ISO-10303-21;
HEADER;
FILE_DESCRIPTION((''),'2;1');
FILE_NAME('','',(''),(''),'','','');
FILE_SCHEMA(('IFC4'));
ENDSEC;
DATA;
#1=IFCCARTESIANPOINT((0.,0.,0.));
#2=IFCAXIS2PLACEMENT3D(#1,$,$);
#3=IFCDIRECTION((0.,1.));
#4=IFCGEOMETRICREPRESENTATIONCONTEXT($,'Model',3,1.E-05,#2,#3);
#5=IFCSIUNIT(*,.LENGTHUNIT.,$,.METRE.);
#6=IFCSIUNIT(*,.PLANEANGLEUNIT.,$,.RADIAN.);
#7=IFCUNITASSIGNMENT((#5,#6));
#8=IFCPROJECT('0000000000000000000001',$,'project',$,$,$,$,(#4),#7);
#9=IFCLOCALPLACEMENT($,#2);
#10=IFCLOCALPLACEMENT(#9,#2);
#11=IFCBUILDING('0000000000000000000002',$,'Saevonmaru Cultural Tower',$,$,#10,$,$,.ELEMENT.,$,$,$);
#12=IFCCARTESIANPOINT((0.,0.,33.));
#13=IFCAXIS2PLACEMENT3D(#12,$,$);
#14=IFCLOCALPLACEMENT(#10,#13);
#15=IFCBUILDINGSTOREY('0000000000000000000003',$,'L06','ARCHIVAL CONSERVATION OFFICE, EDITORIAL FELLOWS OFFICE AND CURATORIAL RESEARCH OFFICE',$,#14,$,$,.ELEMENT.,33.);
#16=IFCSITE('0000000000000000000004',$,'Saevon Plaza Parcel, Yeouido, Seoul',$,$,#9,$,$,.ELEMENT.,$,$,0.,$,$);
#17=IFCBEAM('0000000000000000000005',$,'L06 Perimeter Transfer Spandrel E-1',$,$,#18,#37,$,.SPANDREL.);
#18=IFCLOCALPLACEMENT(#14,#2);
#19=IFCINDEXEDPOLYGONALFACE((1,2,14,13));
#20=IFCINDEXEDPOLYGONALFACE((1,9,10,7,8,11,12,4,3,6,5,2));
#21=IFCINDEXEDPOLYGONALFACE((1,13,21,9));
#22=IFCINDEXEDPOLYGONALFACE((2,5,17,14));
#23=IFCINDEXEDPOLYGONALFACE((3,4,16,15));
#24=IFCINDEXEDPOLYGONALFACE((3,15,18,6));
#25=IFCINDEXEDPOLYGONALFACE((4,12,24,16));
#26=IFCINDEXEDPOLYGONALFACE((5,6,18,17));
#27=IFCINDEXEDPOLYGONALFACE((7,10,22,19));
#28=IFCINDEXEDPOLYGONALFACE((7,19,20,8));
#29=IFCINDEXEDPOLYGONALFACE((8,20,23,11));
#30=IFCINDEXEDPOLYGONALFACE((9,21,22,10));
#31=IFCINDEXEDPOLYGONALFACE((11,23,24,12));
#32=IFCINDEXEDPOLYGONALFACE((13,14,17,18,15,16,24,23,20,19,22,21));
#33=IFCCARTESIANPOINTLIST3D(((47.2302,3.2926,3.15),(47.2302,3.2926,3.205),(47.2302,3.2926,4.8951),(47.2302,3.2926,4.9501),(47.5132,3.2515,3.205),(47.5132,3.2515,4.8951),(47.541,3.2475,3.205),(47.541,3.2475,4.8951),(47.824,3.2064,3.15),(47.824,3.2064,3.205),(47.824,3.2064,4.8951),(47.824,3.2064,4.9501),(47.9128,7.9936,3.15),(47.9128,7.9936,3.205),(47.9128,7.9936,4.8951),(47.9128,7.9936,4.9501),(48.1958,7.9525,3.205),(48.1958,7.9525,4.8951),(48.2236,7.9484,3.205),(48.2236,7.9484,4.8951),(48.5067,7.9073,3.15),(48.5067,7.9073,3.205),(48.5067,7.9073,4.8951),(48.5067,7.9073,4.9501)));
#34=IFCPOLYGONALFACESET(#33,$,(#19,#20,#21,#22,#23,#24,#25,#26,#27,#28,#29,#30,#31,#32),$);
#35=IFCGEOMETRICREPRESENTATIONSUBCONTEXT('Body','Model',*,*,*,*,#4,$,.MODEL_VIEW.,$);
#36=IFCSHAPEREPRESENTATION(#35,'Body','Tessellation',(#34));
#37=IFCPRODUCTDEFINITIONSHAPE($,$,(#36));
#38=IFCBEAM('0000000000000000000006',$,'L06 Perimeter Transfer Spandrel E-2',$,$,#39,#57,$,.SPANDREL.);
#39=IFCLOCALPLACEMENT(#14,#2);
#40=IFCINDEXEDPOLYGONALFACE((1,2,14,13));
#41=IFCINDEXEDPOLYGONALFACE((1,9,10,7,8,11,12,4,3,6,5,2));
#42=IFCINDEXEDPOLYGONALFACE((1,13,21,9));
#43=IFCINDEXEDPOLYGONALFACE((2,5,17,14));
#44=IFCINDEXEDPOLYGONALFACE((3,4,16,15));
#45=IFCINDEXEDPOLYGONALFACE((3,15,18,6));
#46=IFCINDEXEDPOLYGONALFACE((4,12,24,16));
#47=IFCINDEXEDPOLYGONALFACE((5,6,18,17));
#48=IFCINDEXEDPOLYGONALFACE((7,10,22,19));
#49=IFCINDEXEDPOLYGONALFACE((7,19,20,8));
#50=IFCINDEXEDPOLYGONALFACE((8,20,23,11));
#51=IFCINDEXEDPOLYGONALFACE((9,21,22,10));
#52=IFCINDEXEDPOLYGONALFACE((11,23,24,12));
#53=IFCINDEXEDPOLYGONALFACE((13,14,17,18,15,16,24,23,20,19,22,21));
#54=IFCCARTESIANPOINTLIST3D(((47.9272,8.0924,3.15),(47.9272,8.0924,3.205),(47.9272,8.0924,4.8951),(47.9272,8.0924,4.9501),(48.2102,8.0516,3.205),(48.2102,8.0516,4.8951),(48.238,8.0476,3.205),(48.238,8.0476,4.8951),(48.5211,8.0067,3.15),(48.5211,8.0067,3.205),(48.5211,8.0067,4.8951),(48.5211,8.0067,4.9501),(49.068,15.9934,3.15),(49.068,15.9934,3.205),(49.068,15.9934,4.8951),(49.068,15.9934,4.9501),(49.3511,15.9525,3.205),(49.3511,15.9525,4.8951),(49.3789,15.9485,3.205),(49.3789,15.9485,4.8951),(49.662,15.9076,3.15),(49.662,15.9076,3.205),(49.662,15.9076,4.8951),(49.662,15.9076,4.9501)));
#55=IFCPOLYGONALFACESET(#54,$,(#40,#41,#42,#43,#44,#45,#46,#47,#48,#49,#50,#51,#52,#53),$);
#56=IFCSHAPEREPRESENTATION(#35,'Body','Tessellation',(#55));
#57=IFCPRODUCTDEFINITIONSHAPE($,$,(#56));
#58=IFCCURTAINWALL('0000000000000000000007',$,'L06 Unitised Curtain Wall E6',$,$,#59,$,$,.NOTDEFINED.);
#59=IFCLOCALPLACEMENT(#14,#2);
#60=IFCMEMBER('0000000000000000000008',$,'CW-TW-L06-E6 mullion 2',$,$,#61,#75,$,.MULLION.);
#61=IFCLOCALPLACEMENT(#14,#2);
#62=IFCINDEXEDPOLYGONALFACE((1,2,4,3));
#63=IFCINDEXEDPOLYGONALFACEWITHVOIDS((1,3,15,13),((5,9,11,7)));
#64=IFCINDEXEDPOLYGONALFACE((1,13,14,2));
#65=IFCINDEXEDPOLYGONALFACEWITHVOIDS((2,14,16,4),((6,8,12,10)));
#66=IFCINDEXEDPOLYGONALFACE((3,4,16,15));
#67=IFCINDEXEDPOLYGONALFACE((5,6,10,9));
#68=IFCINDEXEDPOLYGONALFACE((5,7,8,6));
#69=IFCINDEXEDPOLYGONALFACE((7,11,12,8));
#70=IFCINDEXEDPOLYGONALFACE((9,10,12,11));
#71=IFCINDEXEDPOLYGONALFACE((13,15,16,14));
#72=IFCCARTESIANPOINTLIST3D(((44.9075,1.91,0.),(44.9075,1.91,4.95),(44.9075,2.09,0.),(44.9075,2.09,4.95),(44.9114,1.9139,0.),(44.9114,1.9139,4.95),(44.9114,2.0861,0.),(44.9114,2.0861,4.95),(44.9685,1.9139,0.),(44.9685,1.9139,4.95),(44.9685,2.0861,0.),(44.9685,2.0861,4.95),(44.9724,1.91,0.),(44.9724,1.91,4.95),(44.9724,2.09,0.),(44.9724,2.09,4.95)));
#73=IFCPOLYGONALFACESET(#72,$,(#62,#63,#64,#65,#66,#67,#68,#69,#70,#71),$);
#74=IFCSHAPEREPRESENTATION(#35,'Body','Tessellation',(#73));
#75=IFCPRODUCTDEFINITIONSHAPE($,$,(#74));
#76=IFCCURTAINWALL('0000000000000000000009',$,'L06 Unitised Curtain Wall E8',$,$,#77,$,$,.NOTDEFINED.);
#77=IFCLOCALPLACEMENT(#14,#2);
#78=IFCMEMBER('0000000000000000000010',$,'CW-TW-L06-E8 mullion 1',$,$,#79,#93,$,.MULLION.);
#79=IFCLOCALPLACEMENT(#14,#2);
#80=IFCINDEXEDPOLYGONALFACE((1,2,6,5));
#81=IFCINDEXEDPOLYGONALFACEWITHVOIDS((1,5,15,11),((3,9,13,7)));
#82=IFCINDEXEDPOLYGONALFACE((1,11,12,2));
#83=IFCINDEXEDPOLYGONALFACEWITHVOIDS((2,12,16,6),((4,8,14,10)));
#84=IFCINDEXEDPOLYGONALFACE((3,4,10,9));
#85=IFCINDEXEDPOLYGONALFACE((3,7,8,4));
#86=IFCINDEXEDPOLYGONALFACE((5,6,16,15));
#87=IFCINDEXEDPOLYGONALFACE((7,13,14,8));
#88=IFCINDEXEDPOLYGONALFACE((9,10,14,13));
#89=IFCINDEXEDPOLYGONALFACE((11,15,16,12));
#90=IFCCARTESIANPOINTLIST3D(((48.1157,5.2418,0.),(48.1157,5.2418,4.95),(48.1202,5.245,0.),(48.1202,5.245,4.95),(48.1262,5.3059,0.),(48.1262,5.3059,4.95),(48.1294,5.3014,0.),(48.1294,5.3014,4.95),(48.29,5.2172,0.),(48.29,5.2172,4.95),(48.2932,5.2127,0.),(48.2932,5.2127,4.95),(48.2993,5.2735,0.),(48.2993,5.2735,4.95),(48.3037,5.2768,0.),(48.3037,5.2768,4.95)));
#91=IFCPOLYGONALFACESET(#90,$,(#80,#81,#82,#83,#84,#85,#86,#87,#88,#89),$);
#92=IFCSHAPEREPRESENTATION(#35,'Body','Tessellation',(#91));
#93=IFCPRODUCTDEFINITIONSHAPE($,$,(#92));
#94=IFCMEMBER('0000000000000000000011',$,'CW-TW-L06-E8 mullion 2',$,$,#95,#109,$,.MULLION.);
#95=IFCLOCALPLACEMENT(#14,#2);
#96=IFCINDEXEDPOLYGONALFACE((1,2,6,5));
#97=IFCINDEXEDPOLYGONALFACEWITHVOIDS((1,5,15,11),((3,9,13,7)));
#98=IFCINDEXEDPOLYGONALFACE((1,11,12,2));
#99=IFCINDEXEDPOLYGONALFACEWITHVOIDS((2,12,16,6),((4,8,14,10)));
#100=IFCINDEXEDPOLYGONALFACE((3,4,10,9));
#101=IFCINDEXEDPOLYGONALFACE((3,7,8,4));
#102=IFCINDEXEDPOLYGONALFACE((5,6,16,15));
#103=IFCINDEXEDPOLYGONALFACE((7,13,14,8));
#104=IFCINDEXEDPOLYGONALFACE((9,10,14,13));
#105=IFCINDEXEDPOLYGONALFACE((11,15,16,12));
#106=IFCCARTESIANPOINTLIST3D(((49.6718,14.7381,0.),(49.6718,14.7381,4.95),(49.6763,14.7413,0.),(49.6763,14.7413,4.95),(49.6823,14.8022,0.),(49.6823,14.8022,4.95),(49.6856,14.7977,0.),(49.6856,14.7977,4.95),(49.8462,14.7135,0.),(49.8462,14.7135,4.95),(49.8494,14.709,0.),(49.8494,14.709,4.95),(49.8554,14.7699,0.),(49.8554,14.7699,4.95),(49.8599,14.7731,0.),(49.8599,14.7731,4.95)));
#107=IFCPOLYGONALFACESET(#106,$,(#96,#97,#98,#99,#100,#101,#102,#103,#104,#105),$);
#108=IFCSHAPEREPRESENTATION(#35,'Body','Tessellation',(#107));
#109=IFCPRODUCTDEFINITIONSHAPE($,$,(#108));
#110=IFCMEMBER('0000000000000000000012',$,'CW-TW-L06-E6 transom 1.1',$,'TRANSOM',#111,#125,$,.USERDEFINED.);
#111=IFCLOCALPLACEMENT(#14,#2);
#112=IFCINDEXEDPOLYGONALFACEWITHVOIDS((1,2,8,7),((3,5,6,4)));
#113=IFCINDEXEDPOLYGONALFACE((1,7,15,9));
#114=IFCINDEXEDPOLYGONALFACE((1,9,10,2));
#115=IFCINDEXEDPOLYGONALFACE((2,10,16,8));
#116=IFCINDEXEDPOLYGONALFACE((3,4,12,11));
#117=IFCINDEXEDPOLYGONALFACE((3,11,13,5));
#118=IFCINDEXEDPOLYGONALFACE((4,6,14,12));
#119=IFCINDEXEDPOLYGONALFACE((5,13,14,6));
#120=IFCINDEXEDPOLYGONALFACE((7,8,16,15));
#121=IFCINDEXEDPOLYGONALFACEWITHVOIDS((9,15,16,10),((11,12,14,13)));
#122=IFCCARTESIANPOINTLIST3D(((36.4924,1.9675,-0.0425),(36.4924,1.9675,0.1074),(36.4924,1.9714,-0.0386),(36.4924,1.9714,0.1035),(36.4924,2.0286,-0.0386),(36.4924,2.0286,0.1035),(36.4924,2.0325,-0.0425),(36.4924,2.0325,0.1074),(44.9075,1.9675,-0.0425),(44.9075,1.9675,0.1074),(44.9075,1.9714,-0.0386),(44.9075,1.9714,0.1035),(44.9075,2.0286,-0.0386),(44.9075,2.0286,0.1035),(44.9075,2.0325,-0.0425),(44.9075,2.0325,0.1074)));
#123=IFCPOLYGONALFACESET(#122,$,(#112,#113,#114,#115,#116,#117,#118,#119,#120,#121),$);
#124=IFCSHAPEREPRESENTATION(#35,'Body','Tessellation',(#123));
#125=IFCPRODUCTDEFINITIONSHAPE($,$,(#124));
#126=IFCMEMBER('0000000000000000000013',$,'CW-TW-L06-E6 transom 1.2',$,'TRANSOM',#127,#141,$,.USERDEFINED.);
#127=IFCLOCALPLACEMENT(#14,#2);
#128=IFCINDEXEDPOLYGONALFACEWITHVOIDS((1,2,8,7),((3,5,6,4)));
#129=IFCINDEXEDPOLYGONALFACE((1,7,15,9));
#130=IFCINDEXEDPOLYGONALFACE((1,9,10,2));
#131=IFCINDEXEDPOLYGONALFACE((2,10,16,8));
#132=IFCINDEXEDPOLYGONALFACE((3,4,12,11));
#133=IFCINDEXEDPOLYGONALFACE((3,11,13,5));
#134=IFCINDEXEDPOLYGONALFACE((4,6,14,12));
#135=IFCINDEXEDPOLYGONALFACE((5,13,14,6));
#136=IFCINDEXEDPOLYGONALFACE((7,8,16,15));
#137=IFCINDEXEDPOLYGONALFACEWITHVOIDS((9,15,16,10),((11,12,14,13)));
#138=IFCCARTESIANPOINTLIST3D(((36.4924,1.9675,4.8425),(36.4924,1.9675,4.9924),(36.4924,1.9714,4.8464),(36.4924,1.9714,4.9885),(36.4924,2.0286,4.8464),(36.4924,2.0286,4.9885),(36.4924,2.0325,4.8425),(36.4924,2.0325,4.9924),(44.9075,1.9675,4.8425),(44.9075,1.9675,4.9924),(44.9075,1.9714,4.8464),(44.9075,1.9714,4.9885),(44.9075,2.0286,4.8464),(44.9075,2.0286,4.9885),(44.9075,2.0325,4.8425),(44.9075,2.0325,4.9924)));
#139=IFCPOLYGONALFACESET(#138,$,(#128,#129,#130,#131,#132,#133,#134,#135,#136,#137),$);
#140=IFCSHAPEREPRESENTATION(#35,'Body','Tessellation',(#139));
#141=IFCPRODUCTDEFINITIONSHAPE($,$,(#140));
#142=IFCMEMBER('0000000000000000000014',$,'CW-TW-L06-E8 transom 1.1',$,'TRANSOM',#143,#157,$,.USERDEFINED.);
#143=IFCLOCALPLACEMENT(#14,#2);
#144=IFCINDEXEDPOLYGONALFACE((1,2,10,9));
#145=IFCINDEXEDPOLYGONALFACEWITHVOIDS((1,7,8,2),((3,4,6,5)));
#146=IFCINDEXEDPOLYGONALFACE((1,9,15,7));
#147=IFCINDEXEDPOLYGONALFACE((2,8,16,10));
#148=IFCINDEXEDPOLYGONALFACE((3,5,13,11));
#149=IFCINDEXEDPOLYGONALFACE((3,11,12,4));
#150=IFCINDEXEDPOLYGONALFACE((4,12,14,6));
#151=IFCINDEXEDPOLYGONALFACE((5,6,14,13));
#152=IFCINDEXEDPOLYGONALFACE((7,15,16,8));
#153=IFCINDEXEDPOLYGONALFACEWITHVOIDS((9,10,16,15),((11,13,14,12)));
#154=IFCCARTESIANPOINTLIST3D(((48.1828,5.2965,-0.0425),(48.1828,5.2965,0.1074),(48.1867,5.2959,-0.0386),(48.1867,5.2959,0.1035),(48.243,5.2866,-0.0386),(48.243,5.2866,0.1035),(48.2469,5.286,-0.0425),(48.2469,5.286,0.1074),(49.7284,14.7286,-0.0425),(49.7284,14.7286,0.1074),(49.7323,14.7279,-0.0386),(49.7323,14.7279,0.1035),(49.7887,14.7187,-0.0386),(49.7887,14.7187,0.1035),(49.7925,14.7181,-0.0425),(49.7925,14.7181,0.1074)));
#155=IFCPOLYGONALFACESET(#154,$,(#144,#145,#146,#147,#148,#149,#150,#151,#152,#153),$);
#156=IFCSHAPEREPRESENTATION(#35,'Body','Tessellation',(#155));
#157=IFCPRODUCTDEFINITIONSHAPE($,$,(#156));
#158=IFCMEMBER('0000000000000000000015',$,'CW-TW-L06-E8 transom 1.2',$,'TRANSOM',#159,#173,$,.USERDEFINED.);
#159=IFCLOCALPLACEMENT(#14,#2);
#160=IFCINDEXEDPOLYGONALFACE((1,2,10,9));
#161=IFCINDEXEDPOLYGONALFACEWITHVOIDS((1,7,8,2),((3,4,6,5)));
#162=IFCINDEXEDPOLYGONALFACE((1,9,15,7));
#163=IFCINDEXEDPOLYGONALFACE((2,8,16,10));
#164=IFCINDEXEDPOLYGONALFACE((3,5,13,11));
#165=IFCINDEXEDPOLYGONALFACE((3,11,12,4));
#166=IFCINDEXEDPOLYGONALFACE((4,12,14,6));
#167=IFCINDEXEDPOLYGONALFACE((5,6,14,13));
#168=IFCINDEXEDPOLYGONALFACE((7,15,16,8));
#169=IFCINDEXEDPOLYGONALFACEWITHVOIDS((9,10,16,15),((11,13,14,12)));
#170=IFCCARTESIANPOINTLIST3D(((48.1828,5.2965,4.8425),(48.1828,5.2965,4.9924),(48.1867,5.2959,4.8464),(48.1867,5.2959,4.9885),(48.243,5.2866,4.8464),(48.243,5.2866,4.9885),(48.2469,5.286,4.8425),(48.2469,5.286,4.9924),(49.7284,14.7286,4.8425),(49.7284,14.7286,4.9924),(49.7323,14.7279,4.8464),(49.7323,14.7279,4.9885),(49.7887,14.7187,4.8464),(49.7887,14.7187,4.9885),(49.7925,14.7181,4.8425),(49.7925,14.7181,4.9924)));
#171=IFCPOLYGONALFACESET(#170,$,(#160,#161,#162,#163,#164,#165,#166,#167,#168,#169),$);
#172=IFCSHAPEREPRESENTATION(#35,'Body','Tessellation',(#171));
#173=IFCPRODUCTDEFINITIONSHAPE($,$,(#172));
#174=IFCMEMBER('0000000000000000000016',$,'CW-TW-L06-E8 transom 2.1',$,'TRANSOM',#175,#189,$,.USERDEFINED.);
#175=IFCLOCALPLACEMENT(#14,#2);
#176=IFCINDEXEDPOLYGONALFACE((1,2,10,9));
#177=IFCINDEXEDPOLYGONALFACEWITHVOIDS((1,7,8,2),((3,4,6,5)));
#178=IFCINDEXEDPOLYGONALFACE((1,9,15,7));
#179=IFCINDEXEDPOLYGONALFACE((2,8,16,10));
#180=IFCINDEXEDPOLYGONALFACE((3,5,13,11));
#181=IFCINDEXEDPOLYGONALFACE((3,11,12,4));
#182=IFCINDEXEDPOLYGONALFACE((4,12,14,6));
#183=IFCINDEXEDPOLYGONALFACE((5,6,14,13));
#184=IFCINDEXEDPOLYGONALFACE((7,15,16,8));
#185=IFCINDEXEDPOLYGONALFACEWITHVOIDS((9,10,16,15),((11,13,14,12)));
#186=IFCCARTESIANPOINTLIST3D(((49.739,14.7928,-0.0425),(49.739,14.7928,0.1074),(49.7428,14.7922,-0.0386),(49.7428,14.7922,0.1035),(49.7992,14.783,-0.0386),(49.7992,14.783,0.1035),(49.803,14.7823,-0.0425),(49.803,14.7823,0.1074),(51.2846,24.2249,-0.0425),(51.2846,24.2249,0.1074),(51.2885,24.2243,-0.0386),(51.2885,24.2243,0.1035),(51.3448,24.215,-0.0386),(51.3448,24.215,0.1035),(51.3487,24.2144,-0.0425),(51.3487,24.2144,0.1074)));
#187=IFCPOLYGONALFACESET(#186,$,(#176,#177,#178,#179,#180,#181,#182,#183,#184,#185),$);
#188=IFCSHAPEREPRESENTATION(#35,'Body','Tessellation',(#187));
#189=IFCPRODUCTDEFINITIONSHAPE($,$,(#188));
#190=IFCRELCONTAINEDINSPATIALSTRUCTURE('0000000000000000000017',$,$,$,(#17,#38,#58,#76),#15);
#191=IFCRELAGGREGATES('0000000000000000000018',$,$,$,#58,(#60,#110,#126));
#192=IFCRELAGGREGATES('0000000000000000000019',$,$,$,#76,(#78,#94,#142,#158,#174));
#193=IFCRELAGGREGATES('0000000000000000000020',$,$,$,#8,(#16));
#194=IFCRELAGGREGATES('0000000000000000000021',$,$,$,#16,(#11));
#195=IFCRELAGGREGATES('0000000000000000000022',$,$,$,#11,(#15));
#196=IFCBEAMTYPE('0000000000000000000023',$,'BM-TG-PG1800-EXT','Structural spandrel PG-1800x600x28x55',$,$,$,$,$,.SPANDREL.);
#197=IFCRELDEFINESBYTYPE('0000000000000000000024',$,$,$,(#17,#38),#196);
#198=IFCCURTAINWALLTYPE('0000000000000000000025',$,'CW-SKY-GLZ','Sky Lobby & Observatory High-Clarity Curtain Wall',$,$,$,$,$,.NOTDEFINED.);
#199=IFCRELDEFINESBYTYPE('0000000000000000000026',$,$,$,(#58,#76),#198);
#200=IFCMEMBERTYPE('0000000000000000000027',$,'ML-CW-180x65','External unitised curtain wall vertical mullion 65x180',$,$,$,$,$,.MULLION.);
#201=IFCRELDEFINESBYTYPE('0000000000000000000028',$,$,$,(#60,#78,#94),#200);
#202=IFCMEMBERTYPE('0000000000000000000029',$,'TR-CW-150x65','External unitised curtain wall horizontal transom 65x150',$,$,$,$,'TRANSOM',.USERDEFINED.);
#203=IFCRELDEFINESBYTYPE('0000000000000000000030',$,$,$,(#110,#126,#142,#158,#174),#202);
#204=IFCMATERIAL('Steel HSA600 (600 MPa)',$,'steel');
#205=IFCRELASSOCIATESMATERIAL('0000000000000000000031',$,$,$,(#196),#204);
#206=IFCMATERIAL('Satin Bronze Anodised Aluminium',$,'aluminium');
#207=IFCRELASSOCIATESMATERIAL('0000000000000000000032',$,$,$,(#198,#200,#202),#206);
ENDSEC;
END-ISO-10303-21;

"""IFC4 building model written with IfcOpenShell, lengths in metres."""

from ifc_helpers import new_model, si_unit, direction, frame, origin, origin_2d, place, context, subcontext, project, spatial, hollow_rectangle, i_section, extrude, material, material_profile, profile_set, type_object, element, aggregate, save


model = new_model("IFC4")

# Units and contexts
model_context = context("Model", 3, precision=1e-05, world=origin(), true_north=direction((0.0, 1.0)))
body_context = subcontext(model_context, "Body", "Model", "MODEL_VIEW")
ifc_project = project(units=[si_unit("LENGTHUNIT", "METRE"), si_unit("PLANEANGLEUNIT", "RADIAN")], contexts=[model_context])

# Site, building, storey
site_placement = place(None, origin())
site = spatial("IfcSite", under=ifc_project, at=site_placement, Name="Saevon Plaza Parcel, Yeouido, Seoul", CompositionType="ELEMENT", RefElevation=0.0)
building_placement = place(site_placement, origin())
building = spatial("IfcBuilding", under=site, at=building_placement, Name="Saevonmaru Cultural Tower", CompositionType="ELEMENT")
storey_placement = place(building_placement, frame((0.0, 0.0, 33.0)))
storey = spatial("IfcBuildingStorey", under=building, at=storey_placement, Name="L06", Description="ARCHIVAL CONSERVATION OFFICE, EDITORIAL FELLOWS OFFICE AND CURATORIAL RESEARCH OFFICE", CompositionType="ELEMENT", Elevation=33.0)

# Shared definitions
ifc_material_1 = material(Name="Steel HSA600 (600 MPa)", Category="steel")

# Beams
ifc_material_profile_1 = material_profile(ifc_material_1, i_section(OverallWidth=0.6001, OverallDepth=1.8, WebThickness=0.0281, FlangeThickness=0.0549, at=origin_2d()), Name="PG-1800x600x28x55")
ifc_profile_set_1 = profile_set([ifc_material_profile_1], Name="Steel HSA600 (600 MPa)")
beam_type_1 = type_object("IfcBeamType", Name="BM-TG-PG1800-EXT", Description="Structural spandrel PG-1800x600x28x55", PredefinedType="SPANDREL", material=ifc_profile_set_1)
beam_1_placement = place(storey_placement, frame((47.5271, 3.2495, 4.05), z_axis=(0.143702, 0.989621, 0.0), x_axis=(-0.989621, 0.143702, 0.0)))
element("IfcBeam", 1, at=beam_1_placement, inside=storey, type_object=beam_type_1, Name="L06 Perimeter Transfer Spandrel E-1", PredefinedType="SPANDREL", context=body_context, shape_type="SweptSolid", body=[
    extrude(i_section(OverallWidth=0.6001, OverallDepth=1.8, WebThickness=0.0281, FlangeThickness=0.0549, at=origin_2d()), origin(), (0.0, 0.0, 1.0), 4.7502),
])
beam_2_placement = place(storey_placement, frame((48.2241, 8.0496, 4.05), z_axis=(0.142915, 0.989735, 0.0), x_axis=(-0.989735, 0.142915, 0.0)))
element("IfcBeam", 2, at=beam_2_placement, inside=storey, type_object=beam_type_1, Name="L06 Perimeter Transfer Spandrel E-2", PredefinedType="SPANDREL", context=body_context, shape_type="SweptSolid", body=[
    extrude(i_section(OverallWidth=0.6001, OverallDepth=1.8, WebThickness=0.0281, FlangeThickness=0.0549, at=origin_2d()), origin(), (0.0, 0.0, 1.0), 7.9829),
])

# Curtain wall, member
ifc_material_2 = material(Name="Satin Bronze Anodised Aluminium", Category="aluminium")
curtain_wall_type = type_object("IfcCurtainWallType", Name="CW-SKY-GLZ", Description="Sky Lobby & Observatory High-Clarity Curtain Wall", PredefinedType="NOTDEFINED", material=ifc_material_2)
curtain_wall_1_placement = place(storey_placement, origin())
curtain_wall_1 = element("IfcCurtainWall", 3, at=curtain_wall_1_placement, inside=storey, type_object=curtain_wall_type, Name="L06 Unitised Curtain Wall E6", PredefinedType="NOTDEFINED")
ifc_material_profile_2 = material_profile(ifc_material_2, hollow_rectangle(XDim=0.0649, YDim=0.1799, WallThickness=0.0039, at=origin_2d()), Name="ALU-MULL-180x65x4")
ifc_profile_set_2 = profile_set([ifc_material_profile_2], Name="Satin Bronze Anodised Aluminium")
member_type_1 = type_object("IfcMemberType", Name="ML-CW-180x65", Description="External unitised curtain wall vertical mullion 65x180", PredefinedType="MULLION", material=ifc_profile_set_2)
member_1_placement = place(storey_placement, frame((44.9399, 2.0, 0.0), z_axis=(0.0, 0.0, 1.0), x_axis=(1.0, 0.0, 0.0)))
member_1 = element("IfcMember", 4, at=member_1_placement, type_object=member_type_1, Name="CW-TW-L06-E6 mullion 2", PredefinedType="MULLION", context=body_context, shape_type="SweptSolid", body=[
    extrude(hollow_rectangle(XDim=0.0649, YDim=0.1799, WallThickness=0.0039, at=origin_2d()), origin(), (0.0, 0.0, 1.0), 4.95),
])

# Curtain wall, members
curtain_wall_2_placement = place(storey_placement, origin())
curtain_wall_2 = element("IfcCurtainWall", 5, at=curtain_wall_2_placement, inside=storey, type_object=curtain_wall_type, Name="L06 Unitised Curtain Wall E8", PredefinedType="NOTDEFINED")
member_2_placement = place(storey_placement, frame((48.2097, 5.2593, 0.0), z_axis=(0.0, 0.0, 1.0), x_axis=(0.161709, 0.986839, 0.0)))
member_2 = element("IfcMember", 6, at=member_2_placement, type_object=member_type_1, Name="CW-TW-L06-E8 mullion 1", PredefinedType="MULLION", context=body_context, shape_type="SweptSolid", body=[
    extrude(hollow_rectangle(XDim=0.0649, YDim=0.1799, WallThickness=0.0039, at=origin_2d()), origin(), (0.0, 0.0, 1.0), 4.95),
])
member_3_placement = place(storey_placement, frame((49.7659, 14.7556, 0.0), z_axis=(0.0, 0.0, 1.0), x_axis=(0.161709, 0.986839, 0.0)))
member_3 = element("IfcMember", 7, at=member_3_placement, type_object=member_type_1, Name="CW-TW-L06-E8 mullion 2", PredefinedType="MULLION", context=body_context, shape_type="SweptSolid", body=[
    extrude(hollow_rectangle(XDim=0.0649, YDim=0.1799, WallThickness=0.0039, at=origin_2d()), origin(), (0.0, 0.0, 1.0), 4.95),
])

# Members
ifc_material_profile_3 = material_profile(ifc_material_2, hollow_rectangle(XDim=0.0649, YDim=0.1499, WallThickness=0.0039, at=origin_2d()), Name="ALU-TRAN-150x65x4")
ifc_profile_set_3 = profile_set([ifc_material_profile_3], Name="Satin Bronze Anodised Aluminium")
member_type_2 = type_object("IfcMemberType", Name="TR-CW-150x65", Description="External unitised curtain wall horizontal transom 65x150", ElementType="TRANSOM", PredefinedType="USERDEFINED", material=ifc_profile_set_3)
member_4_placement = place(storey_placement, frame((36.4924, 2.0, 0.0325), z_axis=(1.0, 0.0, 0.0), x_axis=(0.0, 1.0, 0.0)))
member_4 = element("IfcMember", 8, at=member_4_placement, type_object=member_type_2, Name="CW-TW-L06-E6 transom 1.1", ObjectType="TRANSOM", PredefinedType="USERDEFINED", context=body_context, shape_type="SweptSolid", body=[
    extrude(hollow_rectangle(XDim=0.0649, YDim=0.1499, WallThickness=0.0039, at=origin_2d()), origin(), (0.0, 0.0, 1.0), 8.415),
])
member_5_placement = place(storey_placement, frame((36.4924, 2.0, 4.9175), z_axis=(1.0, 0.0, 0.0), x_axis=(0.0, 1.0, 0.0)))
member_5 = element("IfcMember", 9, at=member_5_placement, type_object=member_type_2, Name="CW-TW-L06-E6 transom 1.2", ObjectType="TRANSOM", PredefinedType="USERDEFINED", context=body_context, shape_type="SweptSolid", body=[
    extrude(hollow_rectangle(XDim=0.0649, YDim=0.1499, WallThickness=0.0039, at=origin_2d()), origin(), (0.0, 0.0, 1.0), 8.415),
])
member_6_placement = place(storey_placement, frame((48.2148, 5.2913, 0.0325), z_axis=(0.161714, 0.986838, 0.0), x_axis=(-0.986838, 0.161714, 0.0)))
member_6 = element("IfcMember", 10, at=member_6_placement, type_object=member_type_2, Name="CW-TW-L06-E8 transom 1.1", ObjectType="TRANSOM", PredefinedType="USERDEFINED", context=body_context, shape_type="SweptSolid", body=[
    extrude(hollow_rectangle(XDim=0.0649, YDim=0.1499, WallThickness=0.0039, at=origin_2d()), origin(), (0.0, 0.0, 1.0), 9.5579),
])
member_7_placement = place(storey_placement, frame((48.2148, 5.2913, 4.9175), z_axis=(0.161714, 0.986838, 0.0), x_axis=(-0.986838, 0.161714, 0.0)))
member_7 = element("IfcMember", 11, at=member_7_placement, type_object=member_type_2, Name="CW-TW-L06-E8 transom 1.2", ObjectType="TRANSOM", PredefinedType="USERDEFINED", context=body_context, shape_type="SweptSolid", body=[
    extrude(hollow_rectangle(XDim=0.0649, YDim=0.1499, WallThickness=0.0039, at=origin_2d()), origin(), (0.0, 0.0, 1.0), 9.5579),
])
member_8_placement = place(storey_placement, frame((49.771, 14.7876, 0.0325), z_axis=(0.161714, 0.986838, 0.0), x_axis=(-0.986838, 0.161714, 0.0)))
member_8 = element("IfcMember", 12, at=member_8_placement, type_object=member_type_2, Name="CW-TW-L06-E8 transom 2.1", ObjectType="TRANSOM", PredefinedType="USERDEFINED", context=body_context, shape_type="SweptSolid", body=[
    extrude(hollow_rectangle(XDim=0.0649, YDim=0.1499, WallThickness=0.0039, at=origin_2d()), origin(), (0.0, 0.0, 1.0), 9.5579),
])

aggregate(curtain_wall_1, [member_1, member_4, member_5])
aggregate(curtain_wall_2, [member_2, member_3, member_6, member_7, member_8])

save(model, "model.ifc")
